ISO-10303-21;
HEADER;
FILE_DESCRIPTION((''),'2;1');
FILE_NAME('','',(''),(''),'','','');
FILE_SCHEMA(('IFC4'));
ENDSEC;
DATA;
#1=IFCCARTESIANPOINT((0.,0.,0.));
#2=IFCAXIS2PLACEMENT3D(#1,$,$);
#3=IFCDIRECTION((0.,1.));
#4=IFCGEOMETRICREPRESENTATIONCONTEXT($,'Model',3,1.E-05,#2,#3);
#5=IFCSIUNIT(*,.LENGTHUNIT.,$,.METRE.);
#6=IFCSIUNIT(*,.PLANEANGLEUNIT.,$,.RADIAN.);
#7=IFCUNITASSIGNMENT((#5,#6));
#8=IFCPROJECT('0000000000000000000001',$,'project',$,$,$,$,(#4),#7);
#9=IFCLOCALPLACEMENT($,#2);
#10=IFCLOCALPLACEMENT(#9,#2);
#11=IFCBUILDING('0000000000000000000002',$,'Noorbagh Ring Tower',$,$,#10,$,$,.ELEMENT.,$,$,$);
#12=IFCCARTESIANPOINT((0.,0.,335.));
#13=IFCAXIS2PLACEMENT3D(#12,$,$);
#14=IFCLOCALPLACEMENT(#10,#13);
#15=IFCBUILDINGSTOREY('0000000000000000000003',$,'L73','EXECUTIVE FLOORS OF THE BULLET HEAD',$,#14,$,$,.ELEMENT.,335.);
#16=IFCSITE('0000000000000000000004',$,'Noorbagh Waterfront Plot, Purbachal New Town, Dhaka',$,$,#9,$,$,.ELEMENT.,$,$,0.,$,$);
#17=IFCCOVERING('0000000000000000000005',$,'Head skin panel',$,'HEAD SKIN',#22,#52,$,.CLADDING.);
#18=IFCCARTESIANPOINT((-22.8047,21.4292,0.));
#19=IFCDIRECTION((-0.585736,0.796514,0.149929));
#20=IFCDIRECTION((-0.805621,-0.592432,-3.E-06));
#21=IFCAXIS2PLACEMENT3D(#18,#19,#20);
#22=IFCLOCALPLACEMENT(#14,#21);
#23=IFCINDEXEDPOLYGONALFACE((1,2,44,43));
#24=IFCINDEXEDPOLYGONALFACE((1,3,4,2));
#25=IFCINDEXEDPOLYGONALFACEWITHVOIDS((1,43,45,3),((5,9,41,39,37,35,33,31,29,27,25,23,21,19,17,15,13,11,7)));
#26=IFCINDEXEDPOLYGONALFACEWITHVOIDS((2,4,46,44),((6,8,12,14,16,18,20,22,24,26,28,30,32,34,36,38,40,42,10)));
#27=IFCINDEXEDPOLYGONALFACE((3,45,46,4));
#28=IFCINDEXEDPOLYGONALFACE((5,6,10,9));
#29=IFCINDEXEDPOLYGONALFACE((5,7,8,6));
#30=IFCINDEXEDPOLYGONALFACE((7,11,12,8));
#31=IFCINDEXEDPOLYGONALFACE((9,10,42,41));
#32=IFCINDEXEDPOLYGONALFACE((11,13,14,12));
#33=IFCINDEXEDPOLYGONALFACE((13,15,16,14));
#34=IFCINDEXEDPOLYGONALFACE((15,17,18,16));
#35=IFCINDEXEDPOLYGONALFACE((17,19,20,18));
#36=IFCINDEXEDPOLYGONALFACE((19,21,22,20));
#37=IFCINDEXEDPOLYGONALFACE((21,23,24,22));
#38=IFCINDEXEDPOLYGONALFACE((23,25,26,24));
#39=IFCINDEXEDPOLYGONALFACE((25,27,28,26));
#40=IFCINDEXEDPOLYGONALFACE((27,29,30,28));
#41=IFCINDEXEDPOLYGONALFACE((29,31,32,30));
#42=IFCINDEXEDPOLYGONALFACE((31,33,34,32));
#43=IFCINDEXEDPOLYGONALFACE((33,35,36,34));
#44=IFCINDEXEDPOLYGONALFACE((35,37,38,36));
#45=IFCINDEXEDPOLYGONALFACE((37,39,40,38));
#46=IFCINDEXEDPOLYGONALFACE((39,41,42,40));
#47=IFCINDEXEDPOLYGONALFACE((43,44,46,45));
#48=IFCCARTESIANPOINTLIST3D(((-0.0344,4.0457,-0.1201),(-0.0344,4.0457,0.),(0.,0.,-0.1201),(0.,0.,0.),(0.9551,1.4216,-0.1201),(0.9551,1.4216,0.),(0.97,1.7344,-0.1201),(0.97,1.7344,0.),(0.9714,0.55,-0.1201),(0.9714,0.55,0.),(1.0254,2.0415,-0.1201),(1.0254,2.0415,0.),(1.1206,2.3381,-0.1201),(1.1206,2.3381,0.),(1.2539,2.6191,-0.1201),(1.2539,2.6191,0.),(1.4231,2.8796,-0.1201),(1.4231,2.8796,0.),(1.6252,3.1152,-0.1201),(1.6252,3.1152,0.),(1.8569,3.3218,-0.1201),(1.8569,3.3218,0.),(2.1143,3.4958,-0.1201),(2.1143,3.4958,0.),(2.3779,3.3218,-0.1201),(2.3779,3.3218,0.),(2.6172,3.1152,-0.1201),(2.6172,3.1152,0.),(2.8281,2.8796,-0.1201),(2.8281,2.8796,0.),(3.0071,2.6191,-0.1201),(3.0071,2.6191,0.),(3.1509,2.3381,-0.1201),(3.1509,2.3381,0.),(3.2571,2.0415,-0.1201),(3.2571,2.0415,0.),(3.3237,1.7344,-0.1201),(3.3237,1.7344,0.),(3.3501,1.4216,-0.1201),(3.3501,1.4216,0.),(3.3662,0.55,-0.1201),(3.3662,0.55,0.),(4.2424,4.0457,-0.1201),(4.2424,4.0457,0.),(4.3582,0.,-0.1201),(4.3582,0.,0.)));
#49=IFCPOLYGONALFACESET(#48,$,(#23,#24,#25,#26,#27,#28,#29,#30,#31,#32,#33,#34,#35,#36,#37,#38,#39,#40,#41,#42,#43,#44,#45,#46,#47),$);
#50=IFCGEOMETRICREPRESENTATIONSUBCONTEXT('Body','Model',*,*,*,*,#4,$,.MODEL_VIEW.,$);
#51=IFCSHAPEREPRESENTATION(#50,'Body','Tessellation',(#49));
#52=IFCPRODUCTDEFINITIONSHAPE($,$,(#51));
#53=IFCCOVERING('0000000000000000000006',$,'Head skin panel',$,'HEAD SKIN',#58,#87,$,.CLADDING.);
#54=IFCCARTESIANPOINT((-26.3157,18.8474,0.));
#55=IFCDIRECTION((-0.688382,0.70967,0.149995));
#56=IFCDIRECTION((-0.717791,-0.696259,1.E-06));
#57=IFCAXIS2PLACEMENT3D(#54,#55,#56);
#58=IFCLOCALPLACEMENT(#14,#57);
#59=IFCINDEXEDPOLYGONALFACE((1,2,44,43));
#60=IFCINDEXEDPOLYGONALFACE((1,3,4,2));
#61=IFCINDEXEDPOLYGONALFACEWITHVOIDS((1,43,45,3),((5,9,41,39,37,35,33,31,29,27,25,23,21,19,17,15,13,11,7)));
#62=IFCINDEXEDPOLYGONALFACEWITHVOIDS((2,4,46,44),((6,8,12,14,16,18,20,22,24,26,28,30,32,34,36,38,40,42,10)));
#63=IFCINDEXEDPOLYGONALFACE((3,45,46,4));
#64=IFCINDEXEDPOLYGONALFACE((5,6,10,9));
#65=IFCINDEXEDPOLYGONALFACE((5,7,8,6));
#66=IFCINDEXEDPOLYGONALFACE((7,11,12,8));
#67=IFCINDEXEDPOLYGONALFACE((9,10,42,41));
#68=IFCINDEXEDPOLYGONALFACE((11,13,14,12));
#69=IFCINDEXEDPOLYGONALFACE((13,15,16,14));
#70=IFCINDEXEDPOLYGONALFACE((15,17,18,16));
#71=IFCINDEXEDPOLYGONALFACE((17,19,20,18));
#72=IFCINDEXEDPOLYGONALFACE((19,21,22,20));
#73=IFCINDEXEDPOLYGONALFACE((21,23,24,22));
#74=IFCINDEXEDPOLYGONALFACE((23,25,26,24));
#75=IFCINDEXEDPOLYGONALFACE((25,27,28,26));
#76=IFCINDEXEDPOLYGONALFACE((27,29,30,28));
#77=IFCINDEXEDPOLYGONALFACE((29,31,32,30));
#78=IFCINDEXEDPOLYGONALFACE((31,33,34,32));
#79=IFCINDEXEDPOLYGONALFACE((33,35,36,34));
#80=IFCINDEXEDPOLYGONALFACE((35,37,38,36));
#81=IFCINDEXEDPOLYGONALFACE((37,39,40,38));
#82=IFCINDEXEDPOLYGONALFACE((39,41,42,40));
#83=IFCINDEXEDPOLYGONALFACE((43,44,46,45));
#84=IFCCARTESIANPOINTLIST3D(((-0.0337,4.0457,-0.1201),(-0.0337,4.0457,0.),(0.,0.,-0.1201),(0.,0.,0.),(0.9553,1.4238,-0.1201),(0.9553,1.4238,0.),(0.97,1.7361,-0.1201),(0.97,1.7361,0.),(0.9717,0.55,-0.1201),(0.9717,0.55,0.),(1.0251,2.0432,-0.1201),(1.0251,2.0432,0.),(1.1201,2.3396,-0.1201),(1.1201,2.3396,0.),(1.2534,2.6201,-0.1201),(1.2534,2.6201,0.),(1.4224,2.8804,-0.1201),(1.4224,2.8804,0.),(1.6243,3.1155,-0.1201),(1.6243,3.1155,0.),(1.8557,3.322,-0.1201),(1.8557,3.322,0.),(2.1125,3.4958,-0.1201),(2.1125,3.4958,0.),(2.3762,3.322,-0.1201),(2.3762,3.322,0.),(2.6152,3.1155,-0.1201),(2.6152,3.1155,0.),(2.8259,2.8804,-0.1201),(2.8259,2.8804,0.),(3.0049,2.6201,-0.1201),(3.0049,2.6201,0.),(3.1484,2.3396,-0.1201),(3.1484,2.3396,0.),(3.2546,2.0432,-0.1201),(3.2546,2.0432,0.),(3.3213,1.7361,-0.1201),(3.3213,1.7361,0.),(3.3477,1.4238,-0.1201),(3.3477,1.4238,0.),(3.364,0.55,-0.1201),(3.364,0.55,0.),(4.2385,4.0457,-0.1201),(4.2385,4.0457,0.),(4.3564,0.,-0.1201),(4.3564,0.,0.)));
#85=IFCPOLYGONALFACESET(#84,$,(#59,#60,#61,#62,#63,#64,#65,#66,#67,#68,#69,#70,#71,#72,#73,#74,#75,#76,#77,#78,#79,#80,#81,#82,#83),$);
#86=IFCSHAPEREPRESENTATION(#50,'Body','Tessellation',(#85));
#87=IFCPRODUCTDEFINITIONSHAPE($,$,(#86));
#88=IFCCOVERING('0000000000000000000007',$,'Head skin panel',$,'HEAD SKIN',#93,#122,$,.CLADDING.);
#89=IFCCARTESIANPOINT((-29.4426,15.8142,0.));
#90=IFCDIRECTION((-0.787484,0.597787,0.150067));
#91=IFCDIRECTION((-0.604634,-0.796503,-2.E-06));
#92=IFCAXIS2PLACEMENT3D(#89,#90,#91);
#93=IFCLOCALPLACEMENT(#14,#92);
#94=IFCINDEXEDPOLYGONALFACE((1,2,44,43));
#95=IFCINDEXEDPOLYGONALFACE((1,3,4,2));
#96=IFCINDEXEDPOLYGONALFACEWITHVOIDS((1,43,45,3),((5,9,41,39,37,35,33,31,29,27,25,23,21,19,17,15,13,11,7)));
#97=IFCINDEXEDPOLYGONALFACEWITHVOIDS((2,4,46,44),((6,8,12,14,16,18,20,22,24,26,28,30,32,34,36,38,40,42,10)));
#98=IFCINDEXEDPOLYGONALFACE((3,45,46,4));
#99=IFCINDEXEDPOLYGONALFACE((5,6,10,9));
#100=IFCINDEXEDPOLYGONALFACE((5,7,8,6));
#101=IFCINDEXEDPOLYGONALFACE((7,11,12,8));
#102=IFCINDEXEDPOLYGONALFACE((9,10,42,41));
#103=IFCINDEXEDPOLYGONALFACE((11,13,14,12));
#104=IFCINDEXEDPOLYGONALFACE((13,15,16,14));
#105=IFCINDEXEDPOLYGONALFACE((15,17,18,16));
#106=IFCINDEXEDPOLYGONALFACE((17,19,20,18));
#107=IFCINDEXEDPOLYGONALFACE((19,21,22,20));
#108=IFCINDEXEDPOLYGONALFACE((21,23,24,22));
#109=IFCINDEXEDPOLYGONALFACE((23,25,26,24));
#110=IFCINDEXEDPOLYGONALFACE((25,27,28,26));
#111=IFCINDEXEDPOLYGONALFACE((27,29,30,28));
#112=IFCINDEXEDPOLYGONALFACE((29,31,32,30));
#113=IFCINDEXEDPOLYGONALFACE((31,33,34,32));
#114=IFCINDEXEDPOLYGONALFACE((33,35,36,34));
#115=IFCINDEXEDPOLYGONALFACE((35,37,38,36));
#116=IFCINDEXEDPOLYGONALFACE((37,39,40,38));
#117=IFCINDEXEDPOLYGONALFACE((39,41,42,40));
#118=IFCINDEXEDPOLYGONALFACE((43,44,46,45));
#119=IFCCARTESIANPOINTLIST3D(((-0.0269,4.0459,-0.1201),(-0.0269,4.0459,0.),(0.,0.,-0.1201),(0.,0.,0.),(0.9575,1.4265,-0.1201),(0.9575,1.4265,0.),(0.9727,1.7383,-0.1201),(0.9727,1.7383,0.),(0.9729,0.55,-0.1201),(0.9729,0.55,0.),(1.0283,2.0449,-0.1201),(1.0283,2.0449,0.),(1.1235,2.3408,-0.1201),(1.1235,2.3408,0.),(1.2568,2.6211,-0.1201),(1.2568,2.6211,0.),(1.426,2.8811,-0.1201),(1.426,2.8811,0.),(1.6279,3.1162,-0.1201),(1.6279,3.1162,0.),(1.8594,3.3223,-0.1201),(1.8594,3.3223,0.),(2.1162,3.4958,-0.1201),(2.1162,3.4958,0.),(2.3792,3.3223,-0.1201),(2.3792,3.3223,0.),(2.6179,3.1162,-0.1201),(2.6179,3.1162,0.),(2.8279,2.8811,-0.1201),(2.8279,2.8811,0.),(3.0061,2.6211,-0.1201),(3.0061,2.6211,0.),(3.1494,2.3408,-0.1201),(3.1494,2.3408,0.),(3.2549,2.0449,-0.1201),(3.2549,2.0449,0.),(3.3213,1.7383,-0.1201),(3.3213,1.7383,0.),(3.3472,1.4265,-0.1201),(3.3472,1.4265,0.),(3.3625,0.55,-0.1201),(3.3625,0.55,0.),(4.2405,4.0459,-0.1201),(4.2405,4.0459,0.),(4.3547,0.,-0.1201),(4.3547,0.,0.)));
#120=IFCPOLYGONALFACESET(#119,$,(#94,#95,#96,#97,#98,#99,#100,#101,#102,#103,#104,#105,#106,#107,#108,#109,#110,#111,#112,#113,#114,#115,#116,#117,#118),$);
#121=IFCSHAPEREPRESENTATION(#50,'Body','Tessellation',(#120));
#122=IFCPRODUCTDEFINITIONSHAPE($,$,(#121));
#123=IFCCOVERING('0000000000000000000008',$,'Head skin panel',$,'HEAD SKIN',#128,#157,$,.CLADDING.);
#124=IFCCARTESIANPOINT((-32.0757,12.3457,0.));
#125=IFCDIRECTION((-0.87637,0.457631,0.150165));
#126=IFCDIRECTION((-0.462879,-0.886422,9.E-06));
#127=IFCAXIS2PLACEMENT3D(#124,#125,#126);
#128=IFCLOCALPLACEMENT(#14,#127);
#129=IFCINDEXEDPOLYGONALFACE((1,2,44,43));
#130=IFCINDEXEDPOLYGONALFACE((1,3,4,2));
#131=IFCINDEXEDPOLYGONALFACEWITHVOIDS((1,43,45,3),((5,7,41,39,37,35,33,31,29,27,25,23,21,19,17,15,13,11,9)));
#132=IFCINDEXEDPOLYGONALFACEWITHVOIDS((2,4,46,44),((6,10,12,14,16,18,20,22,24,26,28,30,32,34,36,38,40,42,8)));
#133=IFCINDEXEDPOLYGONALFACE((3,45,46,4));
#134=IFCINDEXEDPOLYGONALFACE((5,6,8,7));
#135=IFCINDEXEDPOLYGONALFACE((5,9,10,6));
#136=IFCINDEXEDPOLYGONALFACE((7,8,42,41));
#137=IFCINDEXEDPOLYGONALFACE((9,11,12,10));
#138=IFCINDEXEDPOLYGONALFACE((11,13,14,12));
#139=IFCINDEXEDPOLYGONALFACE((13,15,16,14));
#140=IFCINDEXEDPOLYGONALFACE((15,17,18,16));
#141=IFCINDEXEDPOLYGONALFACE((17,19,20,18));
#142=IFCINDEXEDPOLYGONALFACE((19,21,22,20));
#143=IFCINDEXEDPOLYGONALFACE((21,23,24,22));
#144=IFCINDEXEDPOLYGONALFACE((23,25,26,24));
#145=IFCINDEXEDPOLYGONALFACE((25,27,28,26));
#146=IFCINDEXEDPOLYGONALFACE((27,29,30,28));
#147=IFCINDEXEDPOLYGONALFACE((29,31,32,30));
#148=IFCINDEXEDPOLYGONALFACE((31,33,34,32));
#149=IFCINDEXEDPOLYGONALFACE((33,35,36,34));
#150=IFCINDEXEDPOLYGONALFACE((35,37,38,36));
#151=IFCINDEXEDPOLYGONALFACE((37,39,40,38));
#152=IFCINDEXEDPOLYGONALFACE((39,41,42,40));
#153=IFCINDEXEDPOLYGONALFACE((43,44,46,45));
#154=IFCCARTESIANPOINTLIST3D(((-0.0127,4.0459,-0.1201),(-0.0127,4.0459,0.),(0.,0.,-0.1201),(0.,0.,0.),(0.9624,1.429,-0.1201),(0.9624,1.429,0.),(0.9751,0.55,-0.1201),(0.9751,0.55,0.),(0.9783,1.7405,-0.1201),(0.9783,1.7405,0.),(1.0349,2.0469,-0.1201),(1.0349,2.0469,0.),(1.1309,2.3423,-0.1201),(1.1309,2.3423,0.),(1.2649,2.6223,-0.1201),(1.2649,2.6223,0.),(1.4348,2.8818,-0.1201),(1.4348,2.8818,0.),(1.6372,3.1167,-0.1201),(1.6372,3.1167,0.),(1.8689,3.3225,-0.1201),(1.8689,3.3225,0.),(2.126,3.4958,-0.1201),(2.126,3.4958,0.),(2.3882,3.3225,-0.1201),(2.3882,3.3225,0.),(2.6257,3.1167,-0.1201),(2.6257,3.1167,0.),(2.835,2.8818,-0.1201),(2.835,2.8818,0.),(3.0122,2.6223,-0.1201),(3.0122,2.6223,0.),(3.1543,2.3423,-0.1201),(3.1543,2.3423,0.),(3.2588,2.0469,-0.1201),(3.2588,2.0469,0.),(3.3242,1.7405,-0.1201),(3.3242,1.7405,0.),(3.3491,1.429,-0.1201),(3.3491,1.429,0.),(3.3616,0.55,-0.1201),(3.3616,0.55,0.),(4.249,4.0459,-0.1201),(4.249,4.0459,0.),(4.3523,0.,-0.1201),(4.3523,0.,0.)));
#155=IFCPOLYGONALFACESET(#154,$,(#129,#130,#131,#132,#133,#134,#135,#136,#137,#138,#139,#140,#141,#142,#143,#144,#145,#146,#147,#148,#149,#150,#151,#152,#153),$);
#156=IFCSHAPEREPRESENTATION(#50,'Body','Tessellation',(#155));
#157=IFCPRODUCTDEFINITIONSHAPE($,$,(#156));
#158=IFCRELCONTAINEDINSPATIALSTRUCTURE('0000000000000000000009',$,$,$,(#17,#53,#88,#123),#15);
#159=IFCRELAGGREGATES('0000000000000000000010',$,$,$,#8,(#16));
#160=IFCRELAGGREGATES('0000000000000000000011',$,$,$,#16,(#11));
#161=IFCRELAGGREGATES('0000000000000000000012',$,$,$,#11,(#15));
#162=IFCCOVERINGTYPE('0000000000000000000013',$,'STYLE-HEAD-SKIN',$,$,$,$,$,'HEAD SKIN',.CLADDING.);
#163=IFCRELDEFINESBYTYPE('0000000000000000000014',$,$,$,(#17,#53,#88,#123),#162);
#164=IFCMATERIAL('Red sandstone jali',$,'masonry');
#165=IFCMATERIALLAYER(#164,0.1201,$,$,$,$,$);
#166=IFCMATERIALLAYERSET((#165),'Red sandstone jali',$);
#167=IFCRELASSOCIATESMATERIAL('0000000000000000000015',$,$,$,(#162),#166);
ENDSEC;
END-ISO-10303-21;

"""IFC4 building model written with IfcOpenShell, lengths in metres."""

from ifc_helpers import new_model, si_unit, direction, frame, origin, place, context, subcontext, project, spatial, polyline, outline, extrude, material, layer, layer_set, type_object, element, save


model = new_model("IFC4")

# Units and contexts
model_context = context("Model", 3, precision=1e-05, world=origin(), true_north=direction((0.0, 1.0)))
body_context = subcontext(model_context, "Body", "Model", "MODEL_VIEW")
ifc_project = project(units=[si_unit("LENGTHUNIT", "METRE"), si_unit("PLANEANGLEUNIT", "RADIAN")], contexts=[model_context])

# Site, building, storey
site_placement = place(None, origin())
site = spatial("IfcSite", under=ifc_project, at=site_placement, Name="Noorbagh Waterfront Plot, Purbachal New Town, Dhaka", CompositionType="ELEMENT", RefElevation=0.0)
building_placement = place(site_placement, origin())
building = spatial("IfcBuilding", under=site, at=building_placement, Name="Noorbagh Ring Tower", CompositionType="ELEMENT")
storey_placement = place(building_placement, frame((0.0, 0.0, 335.0)))
storey = spatial("IfcBuildingStorey", under=building, at=storey_placement, Name="L73", Description="EXECUTIVE FLOORS OF THE BULLET HEAD", CompositionType="ELEMENT", Elevation=335.0)

# Coverings
ifc_material_1 = material(Name="Red sandstone jali", Category="masonry")
ifc_layer_1 = layer(ifc_material_1, 0.1201)
ifc_layer_set_1 = layer_set([ifc_layer_1], Name="Red sandstone jali")
covering_type_1 = type_object("IfcCoveringType", Name="STYLE-HEAD-SKIN", ElementType="HEAD SKIN", PredefinedType="CLADDING", material=ifc_layer_set_1)
covering_1_placement = place(storey_placement, frame((-22.8047, 21.4292, 0.0), z_axis=(-0.585736, 0.796514, 0.149929), x_axis=(-0.805621, -0.592432, -0.000003)))
element("IfcCovering", 1, at=covering_1_placement, inside=storey, type_object=covering_type_1, Name="Head skin panel", ObjectType="HEAD SKIN", PredefinedType="CLADDING", context=body_context, shape_type="SweptSolid", body=[
    extrude(outline(polyline([(0.0, 0.0), (4.3582, 0.0), (4.2424, 4.0457), (-0.0344, 4.0457), (0.0, 0.0)]), holes=[polyline([(0.9714, 0.55), (0.9551, 1.4216), (0.97, 1.7344), (1.0254, 2.0415), (1.1206, 2.3381), (1.2539, 2.6191), (1.4231, 2.8796), (1.6252, 3.1152), (1.8569, 3.3218), (2.1143, 3.4958), (2.3779, 3.3218), (2.6172, 3.1152), (2.8281, 2.8796), (3.0071, 2.6191), (3.1509, 2.3381), (3.2571, 2.0415), (3.3237, 1.7344), (3.3501, 1.4216), (3.3662, 0.55), (0.9714, 0.55)])]), origin(), (0.0, 0.0, -1.0), 0.1201),
])
covering_2_placement = place(storey_placement, frame((-26.3157, 18.8474, 0.0), z_axis=(-0.688382, 0.70967, 0.149995), x_axis=(-0.717791, -0.696259, 0.000001)))
element("IfcCovering", 2, at=covering_2_placement, inside=storey, type_object=covering_type_1, Name="Head skin panel", ObjectType="HEAD SKIN", PredefinedType="CLADDING", context=body_context, shape_type="SweptSolid", body=[
    extrude(outline(polyline([(0.0, 0.0), (4.3564, 0.0), (4.2385, 4.0457), (-0.0337, 4.0457), (0.0, 0.0)]), holes=[polyline([(0.9717, 0.55), (0.9553, 1.4238), (0.97, 1.7361), (1.0251, 2.0432), (1.1201, 2.3396), (1.2534, 2.6201), (1.4224, 2.8804), (1.6243, 3.1155), (1.8557, 3.322), (2.1125, 3.4958), (2.3762, 3.322), (2.6152, 3.1155), (2.8259, 2.8804), (3.0049, 2.6201), (3.1484, 2.3396), (3.2546, 2.0432), (3.3213, 1.7361), (3.3477, 1.4238), (3.364, 0.55), (0.9717, 0.55)])]), origin(), (0.0, 0.0, -1.0), 0.1201),
])
covering_3_placement = place(storey_placement, frame((-29.4426, 15.8142, 0.0), z_axis=(-0.787484, 0.597787, 0.150067), x_axis=(-0.604634, -0.796503, -0.000002)))
element("IfcCovering", 3, at=covering_3_placement, inside=storey, type_object=covering_type_1, Name="Head skin panel", ObjectType="HEAD SKIN", PredefinedType="CLADDING", context=body_context, shape_type="SweptSolid", body=[
    extrude(outline(polyline([(0.0, 0.0), (4.3547, 0.0), (4.2405, 4.0459), (-0.0269, 4.0459), (0.0, 0.0)]), holes=[polyline([(0.9729, 0.55), (0.9575, 1.4265), (0.9727, 1.7383), (1.0283, 2.0449), (1.1235, 2.3408), (1.2568, 2.6211), (1.426, 2.8811), (1.6279, 3.1162), (1.8594, 3.3223), (2.1162, 3.4958), (2.3792, 3.3223), (2.6179, 3.1162), (2.8279, 2.8811), (3.0061, 2.6211), (3.1494, 2.3408), (3.2549, 2.0449), (3.3213, 1.7383), (3.3472, 1.4265), (3.3625, 0.55), (0.9729, 0.55)])]), origin(), (0.0, 0.0, -1.0), 0.1201),
])
covering_4_placement = place(storey_placement, frame((-32.0757, 12.3457, 0.0), z_axis=(-0.87637, 0.457631, 0.150165), x_axis=(-0.462879, -0.886422, 0.000009)))
element("IfcCovering", 4, at=covering_4_placement, inside=storey, type_object=covering_type_1, Name="Head skin panel", ObjectType="HEAD SKIN", PredefinedType="CLADDING", context=body_context, shape_type="SweptSolid", body=[
    extrude(outline(polyline([(0.0, 0.0), (4.3523, 0.0), (4.249, 4.0459), (-0.0127, 4.0459), (0.0, 0.0)]), holes=[polyline([(0.9751, 0.55), (0.9624, 1.429), (0.9783, 1.7405), (1.0349, 2.0469), (1.1309, 2.3423), (1.2649, 2.6223), (1.4348, 2.8818), (1.6372, 3.1167), (1.8689, 3.3225), (2.126, 3.4958), (2.3882, 3.3225), (2.6257, 3.1167), (2.835, 2.8818), (3.0122, 2.6223), (3.1543, 2.3423), (3.2588, 2.0469), (3.3242, 1.7405), (3.3491, 1.429), (3.3616, 0.55), (0.9751, 0.55)])]), origin(), (0.0, 0.0, -1.0), 0.1201),
])

save(model, "model.ifc")
